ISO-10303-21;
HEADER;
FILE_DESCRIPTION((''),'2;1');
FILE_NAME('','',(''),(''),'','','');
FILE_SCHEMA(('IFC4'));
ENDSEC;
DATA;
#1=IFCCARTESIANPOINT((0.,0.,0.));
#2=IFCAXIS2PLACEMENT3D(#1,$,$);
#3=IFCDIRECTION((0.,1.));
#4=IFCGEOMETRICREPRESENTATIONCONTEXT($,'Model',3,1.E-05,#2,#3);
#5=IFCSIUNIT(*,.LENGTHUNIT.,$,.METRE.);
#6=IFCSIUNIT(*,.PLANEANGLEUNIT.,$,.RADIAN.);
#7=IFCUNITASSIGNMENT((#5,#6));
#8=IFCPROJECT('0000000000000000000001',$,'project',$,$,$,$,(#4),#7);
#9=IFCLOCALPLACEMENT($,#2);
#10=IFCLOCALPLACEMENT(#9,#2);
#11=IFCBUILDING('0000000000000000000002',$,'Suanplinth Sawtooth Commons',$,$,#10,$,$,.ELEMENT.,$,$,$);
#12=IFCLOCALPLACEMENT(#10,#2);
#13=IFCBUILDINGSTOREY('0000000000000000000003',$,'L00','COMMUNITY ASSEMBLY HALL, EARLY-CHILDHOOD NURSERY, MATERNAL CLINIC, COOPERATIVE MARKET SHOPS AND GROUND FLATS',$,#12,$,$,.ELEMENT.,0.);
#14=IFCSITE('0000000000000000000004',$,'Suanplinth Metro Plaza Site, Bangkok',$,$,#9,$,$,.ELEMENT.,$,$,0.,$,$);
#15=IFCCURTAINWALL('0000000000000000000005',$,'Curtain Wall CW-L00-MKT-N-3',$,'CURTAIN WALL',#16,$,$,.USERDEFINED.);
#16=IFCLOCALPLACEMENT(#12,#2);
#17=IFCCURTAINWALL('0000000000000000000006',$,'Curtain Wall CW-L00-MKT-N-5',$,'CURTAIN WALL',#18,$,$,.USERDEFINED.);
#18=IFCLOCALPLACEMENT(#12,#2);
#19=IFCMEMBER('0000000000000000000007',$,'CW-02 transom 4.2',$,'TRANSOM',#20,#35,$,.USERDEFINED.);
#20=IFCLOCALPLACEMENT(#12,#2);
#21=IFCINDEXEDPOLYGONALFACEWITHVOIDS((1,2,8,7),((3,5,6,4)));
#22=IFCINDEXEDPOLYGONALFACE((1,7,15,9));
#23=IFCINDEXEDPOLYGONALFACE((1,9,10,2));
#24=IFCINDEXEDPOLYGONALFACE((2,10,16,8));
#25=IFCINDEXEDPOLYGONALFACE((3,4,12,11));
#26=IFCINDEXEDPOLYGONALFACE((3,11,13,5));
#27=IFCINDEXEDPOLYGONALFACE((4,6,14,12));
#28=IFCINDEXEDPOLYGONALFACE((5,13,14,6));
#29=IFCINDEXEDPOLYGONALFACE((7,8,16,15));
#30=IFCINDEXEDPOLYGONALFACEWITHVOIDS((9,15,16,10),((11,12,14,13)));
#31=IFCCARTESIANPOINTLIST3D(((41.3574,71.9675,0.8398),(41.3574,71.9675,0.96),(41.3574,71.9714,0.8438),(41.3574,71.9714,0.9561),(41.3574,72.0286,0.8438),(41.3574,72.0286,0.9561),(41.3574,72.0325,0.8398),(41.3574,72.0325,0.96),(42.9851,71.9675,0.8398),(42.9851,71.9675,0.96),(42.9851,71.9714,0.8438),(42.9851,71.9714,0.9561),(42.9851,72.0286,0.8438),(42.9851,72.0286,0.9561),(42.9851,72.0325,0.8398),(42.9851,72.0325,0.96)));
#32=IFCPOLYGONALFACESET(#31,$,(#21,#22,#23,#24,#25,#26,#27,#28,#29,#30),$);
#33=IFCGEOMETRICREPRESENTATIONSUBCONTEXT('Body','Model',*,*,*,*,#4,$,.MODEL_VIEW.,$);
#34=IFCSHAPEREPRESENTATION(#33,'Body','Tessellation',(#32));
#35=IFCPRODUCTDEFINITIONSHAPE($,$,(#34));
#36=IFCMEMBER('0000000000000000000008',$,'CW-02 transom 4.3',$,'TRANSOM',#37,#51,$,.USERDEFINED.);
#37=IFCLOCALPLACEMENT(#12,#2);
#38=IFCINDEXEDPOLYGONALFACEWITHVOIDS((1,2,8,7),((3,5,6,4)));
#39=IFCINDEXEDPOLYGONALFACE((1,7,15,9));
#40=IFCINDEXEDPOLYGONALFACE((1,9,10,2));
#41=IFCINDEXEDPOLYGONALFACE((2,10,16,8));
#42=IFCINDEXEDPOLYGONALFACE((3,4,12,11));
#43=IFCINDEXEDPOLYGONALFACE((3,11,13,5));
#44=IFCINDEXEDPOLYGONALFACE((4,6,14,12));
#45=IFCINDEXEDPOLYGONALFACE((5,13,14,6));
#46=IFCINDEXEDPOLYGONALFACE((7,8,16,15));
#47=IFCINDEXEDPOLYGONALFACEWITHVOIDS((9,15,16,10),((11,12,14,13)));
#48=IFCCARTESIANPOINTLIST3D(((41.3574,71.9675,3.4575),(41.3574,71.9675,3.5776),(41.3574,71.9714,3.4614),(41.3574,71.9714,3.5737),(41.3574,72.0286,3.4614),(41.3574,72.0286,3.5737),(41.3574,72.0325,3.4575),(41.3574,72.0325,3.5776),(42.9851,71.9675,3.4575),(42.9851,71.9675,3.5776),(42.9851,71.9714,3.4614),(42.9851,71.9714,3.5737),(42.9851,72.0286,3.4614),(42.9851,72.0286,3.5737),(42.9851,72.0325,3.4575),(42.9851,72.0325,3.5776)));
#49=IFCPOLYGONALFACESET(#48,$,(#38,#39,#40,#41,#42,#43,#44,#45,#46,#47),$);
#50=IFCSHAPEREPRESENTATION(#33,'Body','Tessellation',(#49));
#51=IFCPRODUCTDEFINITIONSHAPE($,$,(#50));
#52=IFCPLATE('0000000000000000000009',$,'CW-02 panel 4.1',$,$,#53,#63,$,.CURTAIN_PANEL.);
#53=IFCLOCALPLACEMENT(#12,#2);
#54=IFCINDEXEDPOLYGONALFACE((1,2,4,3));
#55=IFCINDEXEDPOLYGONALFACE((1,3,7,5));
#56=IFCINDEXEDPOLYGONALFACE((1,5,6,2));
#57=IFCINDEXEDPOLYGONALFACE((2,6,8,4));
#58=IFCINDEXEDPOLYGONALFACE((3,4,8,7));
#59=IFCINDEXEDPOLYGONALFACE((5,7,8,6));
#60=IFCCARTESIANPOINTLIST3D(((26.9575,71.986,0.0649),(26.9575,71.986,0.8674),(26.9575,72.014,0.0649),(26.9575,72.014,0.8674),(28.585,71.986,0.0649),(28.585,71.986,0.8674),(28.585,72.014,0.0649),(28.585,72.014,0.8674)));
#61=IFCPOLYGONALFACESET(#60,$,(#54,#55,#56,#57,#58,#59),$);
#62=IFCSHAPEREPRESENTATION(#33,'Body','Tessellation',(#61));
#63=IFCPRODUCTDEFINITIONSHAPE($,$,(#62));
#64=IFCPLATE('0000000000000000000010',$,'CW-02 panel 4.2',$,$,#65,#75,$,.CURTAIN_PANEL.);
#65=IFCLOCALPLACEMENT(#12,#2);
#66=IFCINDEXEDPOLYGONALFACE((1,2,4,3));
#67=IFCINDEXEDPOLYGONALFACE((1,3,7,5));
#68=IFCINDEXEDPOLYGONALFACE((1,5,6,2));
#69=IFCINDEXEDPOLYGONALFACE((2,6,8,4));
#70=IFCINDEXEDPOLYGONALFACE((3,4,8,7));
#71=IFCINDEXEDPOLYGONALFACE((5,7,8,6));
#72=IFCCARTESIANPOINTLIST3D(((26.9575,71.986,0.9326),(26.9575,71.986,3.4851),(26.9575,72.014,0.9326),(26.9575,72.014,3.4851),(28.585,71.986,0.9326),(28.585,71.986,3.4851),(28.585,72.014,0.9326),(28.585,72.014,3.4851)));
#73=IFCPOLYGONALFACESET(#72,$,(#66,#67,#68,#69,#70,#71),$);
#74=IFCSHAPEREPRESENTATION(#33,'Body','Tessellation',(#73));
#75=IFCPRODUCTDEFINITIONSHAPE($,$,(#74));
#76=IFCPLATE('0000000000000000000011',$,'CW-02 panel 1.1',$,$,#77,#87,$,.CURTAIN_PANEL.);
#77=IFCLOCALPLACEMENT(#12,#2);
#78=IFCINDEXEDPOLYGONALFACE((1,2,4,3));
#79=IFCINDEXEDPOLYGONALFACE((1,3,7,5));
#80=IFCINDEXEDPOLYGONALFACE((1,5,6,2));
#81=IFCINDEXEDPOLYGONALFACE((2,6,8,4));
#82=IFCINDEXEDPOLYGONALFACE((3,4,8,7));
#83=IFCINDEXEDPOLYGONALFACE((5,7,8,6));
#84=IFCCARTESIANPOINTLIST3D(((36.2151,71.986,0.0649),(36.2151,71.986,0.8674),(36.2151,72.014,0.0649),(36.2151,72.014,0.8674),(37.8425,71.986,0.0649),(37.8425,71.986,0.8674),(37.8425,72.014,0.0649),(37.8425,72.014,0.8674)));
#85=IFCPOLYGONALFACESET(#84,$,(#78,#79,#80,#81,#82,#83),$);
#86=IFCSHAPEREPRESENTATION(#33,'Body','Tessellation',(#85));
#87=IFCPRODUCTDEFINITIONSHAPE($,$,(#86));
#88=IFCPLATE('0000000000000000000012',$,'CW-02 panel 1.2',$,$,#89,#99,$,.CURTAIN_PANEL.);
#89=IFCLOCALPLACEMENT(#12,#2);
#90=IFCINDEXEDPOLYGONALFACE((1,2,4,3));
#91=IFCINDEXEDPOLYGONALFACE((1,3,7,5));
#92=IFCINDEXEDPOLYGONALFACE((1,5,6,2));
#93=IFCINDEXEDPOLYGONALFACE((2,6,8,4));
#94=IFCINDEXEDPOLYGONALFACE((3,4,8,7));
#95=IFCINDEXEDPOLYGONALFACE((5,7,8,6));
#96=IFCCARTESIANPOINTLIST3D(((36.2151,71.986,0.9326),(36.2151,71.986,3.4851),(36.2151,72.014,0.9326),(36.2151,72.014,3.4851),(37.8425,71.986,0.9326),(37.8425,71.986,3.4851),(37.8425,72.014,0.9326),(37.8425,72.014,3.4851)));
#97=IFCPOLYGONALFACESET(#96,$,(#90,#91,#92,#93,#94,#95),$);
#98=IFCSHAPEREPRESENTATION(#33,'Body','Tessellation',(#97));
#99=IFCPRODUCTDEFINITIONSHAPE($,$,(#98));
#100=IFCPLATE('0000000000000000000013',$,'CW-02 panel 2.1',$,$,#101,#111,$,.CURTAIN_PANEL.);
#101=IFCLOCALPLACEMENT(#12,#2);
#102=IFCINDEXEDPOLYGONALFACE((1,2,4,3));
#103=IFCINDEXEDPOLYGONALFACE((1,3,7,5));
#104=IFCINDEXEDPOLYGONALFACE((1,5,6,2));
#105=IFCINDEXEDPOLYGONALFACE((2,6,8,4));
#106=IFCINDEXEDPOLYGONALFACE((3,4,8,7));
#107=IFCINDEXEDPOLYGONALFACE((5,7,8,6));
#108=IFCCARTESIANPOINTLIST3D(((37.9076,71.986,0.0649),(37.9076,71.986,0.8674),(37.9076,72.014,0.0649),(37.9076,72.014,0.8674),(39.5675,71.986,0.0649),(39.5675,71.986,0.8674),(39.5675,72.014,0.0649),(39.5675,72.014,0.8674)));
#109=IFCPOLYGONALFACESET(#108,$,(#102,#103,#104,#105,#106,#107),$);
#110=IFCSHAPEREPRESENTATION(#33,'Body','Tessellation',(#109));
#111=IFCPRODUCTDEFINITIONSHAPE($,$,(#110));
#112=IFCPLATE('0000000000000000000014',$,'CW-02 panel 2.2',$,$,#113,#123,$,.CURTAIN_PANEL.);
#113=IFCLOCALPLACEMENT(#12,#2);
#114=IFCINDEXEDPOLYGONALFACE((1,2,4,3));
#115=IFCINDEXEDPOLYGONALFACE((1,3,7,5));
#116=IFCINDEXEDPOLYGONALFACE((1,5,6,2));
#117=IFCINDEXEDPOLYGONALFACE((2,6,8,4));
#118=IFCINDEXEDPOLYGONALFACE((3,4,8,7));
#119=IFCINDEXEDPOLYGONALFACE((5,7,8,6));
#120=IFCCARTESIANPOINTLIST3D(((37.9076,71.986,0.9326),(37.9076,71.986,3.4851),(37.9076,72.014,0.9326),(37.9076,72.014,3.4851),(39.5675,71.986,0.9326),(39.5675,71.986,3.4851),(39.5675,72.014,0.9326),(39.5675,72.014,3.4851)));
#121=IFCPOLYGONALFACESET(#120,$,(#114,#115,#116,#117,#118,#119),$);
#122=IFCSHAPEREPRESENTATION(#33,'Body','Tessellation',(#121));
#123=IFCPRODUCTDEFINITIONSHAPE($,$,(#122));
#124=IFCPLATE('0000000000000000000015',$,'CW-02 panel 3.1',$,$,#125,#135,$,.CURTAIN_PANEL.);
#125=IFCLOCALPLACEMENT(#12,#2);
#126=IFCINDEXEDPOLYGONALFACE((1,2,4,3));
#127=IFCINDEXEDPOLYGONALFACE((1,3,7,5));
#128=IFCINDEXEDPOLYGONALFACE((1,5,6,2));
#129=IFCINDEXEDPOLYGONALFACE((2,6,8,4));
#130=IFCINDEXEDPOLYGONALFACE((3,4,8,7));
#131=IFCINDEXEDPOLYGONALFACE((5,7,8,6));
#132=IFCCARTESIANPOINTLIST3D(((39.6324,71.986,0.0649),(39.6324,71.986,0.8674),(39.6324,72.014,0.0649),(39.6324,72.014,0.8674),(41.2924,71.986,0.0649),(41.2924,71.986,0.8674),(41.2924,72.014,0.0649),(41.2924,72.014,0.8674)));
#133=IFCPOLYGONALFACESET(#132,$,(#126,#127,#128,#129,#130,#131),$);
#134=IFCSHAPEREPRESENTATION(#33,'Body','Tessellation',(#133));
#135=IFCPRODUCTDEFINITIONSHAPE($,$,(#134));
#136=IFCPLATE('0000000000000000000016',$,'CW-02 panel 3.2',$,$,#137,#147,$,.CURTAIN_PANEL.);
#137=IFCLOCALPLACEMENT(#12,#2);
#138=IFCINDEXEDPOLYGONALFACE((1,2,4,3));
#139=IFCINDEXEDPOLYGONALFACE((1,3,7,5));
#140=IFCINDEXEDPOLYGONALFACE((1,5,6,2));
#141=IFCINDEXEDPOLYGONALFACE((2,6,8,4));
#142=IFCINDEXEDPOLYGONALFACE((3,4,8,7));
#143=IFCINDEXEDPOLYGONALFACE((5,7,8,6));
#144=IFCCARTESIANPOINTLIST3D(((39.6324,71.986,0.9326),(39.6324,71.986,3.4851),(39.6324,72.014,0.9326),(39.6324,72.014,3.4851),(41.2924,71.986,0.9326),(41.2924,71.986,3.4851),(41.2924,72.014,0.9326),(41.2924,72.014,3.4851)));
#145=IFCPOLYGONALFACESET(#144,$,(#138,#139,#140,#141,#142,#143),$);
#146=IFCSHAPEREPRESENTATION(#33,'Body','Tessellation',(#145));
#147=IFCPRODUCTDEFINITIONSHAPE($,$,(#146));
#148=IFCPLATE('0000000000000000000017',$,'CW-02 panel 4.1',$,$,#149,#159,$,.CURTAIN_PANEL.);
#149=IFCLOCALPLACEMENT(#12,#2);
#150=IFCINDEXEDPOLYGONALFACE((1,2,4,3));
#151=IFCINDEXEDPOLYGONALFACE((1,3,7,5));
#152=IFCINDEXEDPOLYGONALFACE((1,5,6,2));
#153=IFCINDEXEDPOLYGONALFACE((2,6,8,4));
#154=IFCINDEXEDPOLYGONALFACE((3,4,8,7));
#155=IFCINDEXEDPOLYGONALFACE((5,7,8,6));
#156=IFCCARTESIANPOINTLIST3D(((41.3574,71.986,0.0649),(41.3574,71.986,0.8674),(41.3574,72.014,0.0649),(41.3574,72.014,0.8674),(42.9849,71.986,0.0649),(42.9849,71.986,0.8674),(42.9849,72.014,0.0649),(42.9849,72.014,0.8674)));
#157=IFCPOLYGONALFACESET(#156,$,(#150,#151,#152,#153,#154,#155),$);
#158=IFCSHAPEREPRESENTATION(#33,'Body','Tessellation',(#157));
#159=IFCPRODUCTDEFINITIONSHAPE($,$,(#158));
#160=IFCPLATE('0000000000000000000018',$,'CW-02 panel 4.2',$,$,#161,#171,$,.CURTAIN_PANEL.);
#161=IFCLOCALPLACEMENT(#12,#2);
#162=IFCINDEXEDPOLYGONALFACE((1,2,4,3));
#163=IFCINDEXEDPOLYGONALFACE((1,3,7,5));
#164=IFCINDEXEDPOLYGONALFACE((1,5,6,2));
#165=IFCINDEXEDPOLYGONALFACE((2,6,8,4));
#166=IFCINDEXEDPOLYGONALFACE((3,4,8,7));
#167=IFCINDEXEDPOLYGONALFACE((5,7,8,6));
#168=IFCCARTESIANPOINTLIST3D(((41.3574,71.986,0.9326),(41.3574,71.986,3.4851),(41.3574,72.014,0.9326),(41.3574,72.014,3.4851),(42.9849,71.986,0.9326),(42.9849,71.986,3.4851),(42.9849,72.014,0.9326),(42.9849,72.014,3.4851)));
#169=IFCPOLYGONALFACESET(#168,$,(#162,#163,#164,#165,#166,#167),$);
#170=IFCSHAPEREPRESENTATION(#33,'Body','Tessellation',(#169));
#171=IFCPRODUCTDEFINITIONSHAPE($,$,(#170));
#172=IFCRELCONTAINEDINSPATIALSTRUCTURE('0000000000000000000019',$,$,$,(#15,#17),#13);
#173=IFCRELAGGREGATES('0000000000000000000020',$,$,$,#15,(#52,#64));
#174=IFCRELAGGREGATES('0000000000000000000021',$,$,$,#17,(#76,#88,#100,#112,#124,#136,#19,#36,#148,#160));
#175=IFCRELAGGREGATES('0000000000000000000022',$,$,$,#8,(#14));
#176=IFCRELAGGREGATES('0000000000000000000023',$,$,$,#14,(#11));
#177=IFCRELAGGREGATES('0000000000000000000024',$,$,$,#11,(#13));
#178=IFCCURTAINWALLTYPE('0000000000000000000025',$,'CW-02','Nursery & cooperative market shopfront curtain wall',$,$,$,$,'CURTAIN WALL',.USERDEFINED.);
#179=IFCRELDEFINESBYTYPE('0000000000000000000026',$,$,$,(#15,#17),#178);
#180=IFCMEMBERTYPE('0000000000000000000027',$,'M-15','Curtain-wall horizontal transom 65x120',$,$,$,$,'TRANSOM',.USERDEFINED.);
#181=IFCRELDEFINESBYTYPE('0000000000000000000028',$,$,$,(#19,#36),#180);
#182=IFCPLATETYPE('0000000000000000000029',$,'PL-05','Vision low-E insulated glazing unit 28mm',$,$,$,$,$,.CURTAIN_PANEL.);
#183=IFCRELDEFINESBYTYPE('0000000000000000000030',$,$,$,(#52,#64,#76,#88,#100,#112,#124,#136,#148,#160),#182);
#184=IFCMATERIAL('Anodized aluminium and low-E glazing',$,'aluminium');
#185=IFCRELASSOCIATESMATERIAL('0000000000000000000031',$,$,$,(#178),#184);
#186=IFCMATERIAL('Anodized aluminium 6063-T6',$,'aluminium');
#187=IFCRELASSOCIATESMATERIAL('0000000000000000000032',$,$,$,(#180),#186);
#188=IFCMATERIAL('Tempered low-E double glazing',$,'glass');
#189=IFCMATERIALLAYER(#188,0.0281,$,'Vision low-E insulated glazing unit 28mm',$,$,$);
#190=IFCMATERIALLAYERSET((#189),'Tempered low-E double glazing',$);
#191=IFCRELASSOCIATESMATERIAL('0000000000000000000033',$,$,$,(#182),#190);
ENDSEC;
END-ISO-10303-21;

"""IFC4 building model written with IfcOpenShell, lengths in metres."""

from ifc_helpers import new_model, si_unit, direction, frame, origin, origin_2d, place, context, subcontext, project, spatial, rectangle, hollow_rectangle, extrude, material, layer, layer_set, material_profile, profile_set, type_object, element, aggregate, save


model = new_model("IFC4")

# Units and contexts
model_context = context("Model", 3, precision=1e-05, world=origin(), true_north=direction((0.0, 1.0)))
body_context = subcontext(model_context, "Body", "Model", "MODEL_VIEW")
ifc_project = project(units=[si_unit("LENGTHUNIT", "METRE"), si_unit("PLANEANGLEUNIT", "RADIAN")], contexts=[model_context])

# Site, building, storey
site_placement = place(None, origin())
site = spatial("IfcSite", under=ifc_project, at=site_placement, Name="Suanplinth Metro Plaza Site, Bangkok", CompositionType="ELEMENT", RefElevation=0.0)
building_placement = place(site_placement, origin())
building = spatial("IfcBuilding", under=site, at=building_placement, Name="Suanplinth Sawtooth Commons", CompositionType="ELEMENT")
storey_placement = place(building_placement, origin())
storey = spatial("IfcBuildingStorey", under=building, at=storey_placement, Name="L00", Description="COMMUNITY ASSEMBLY HALL, EARLY-CHILDHOOD NURSERY, MATERNAL CLINIC, COOPERATIVE MARKET SHOPS AND GROUND FLATS", CompositionType="ELEMENT", Elevation=0.0)

# Curtain wall
ifc_material_1 = material(Name="Anodized aluminium and low-E glazing", Category="aluminium")
curtain_wall_type = type_object("IfcCurtainWallType", Name="CW-02", Description="Nursery & cooperative market shopfront curtain wall", ElementType="CURTAIN WALL", PredefinedType="USERDEFINED", material=ifc_material_1)
curtain_wall_1_placement = place(storey_placement, origin())
curtain_wall_1 = element("IfcCurtainWall", 1, at=curtain_wall_1_placement, inside=storey, type_object=curtain_wall_type, Name="Curtain Wall CW-L00-MKT-N-3", ObjectType="CURTAIN WALL", PredefinedType="USERDEFINED")
ifc_material_2 = material(Name="Anodized aluminium 6063-T6", Category="aluminium")

# Curtain wall, members
curtain_wall_2_placement = place(storey_placement, origin())
curtain_wall_2 = element("IfcCurtainWall", 2, at=curtain_wall_2_placement, inside=storey, type_object=curtain_wall_type, Name="Curtain Wall CW-L00-MKT-N-5", ObjectType="CURTAIN WALL", PredefinedType="USERDEFINED")
ifc_material_profile_1 = material_profile(ifc_material_2, hollow_rectangle(XDim=0.0649, YDim=0.1201, WallThickness=0.0039, at=origin_2d()), Name="ALU-TRN 65x120")
ifc_profile_set_1 = profile_set([ifc_material_profile_1], Name="Anodized aluminium 6063-T6")
member_type_1 = type_object("IfcMemberType", Name="M-15", Description="Curtain-wall horizontal transom 65x120", ElementType="TRANSOM", PredefinedType="USERDEFINED", material=ifc_profile_set_1)
member_1_placement = place(storey_placement, frame((41.3574, 72.0, 0.8999), z_axis=(1.0, 0.0, 0.0), x_axis=(0.0, 1.0, 0.0)))
member_1 = element("IfcMember", 3, at=member_1_placement, type_object=member_type_1, Name="CW-02 transom 4.2", ObjectType="TRANSOM", PredefinedType="USERDEFINED", context=body_context, shape_type="SweptSolid", body=[
    extrude(hollow_rectangle(XDim=0.0649, YDim=0.1201, WallThickness=0.0039, at=origin_2d()), origin(), (0.0, 0.0, 1.0), 1.6277),
])
member_2_placement = place(storey_placement, frame((41.3574, 72.0, 3.5176), z_axis=(1.0, 0.0, 0.0), x_axis=(0.0, 1.0, 0.0)))
member_2 = element("IfcMember", 4, at=member_2_placement, type_object=member_type_1, Name="CW-02 transom 4.3", ObjectType="TRANSOM", PredefinedType="USERDEFINED", context=body_context, shape_type="SweptSolid", body=[
    extrude(hollow_rectangle(XDim=0.0649, YDim=0.1201, WallThickness=0.0039, at=origin_2d()), origin(), (0.0, 0.0, 1.0), 1.6277),
])

# Plates
ifc_material_3 = material(Name="Tempered low-E double glazing", Category="glass")
ifc_layer_1 = layer(ifc_material_3, 0.0281, Name="Vision low-E insulated glazing unit 28mm")
ifc_layer_set_1 = layer_set([ifc_layer_1], Name="Tempered low-E double glazing")
plate_type = type_object("IfcPlateType", Name="PL-05", Description="Vision low-E insulated glazing unit 28mm", PredefinedType="CURTAIN_PANEL", material=ifc_layer_set_1)
plate_1_placement = place(storey_placement, frame((27.7712, 72.0, 0.0649), z_axis=(0.0, 0.0, 1.0), x_axis=(1.0, 0.0, 0.0)))
plate_1 = element("IfcPlate", 5, at=plate_1_placement, type_object=plate_type, Name="CW-02 panel 4.1", PredefinedType="CURTAIN_PANEL", context=body_context, shape_type="SweptSolid", body=[
    extrude(rectangle(XDim=1.6274, YDim=0.0281, at=origin_2d()), origin(), (0.0, 0.0, 1.0), 0.8025),
])
plate_2_placement = place(storey_placement, frame((27.7712, 72.0, 0.9326), z_axis=(0.0, 0.0, 1.0), x_axis=(1.0, 0.0, 0.0)))
plate_2 = element("IfcPlate", 6, at=plate_2_placement, type_object=plate_type, Name="CW-02 panel 4.2", PredefinedType="CURTAIN_PANEL", context=body_context, shape_type="SweptSolid", body=[
    extrude(rectangle(XDim=1.6274, YDim=0.0281, at=origin_2d()), origin(), (0.0, 0.0, 1.0), 2.5525),
])
aggregate(curtain_wall_1, [plate_1, plate_2])
plate_3_placement = place(storey_placement, frame((37.0288, 72.0, 0.0649), z_axis=(0.0, 0.0, 1.0), x_axis=(1.0, 0.0, 0.0)))
plate_3 = element("IfcPlate", 7, at=plate_3_placement, type_object=plate_type, Name="CW-02 panel 1.1", PredefinedType="CURTAIN_PANEL", context=body_context, shape_type="SweptSolid", body=[
    extrude(rectangle(XDim=1.6274, YDim=0.0281, at=origin_2d()), origin(), (0.0, 0.0, 1.0), 0.8025),
])
plate_4_placement = place(storey_placement, frame((37.0288, 72.0, 0.9326), z_axis=(0.0, 0.0, 1.0), x_axis=(1.0, 0.0, 0.0)))
plate_4 = element("IfcPlate", 8, at=plate_4_placement, type_object=plate_type, Name="CW-02 panel 1.2", PredefinedType="CURTAIN_PANEL", context=body_context, shape_type="SweptSolid", body=[
    extrude(rectangle(XDim=1.6274, YDim=0.0281, at=origin_2d()), origin(), (0.0, 0.0, 1.0), 2.5525),
])
plate_5_placement = place(storey_placement, frame((38.7375, 72.0, 0.0649), z_axis=(0.0, 0.0, 1.0), x_axis=(1.0, 0.0, 0.0)))
plate_5 = element("IfcPlate", 9, at=plate_5_placement, type_object=plate_type, Name="CW-02 panel 2.1", PredefinedType="CURTAIN_PANEL", context=body_context, shape_type="SweptSolid", body=[
    extrude(rectangle(XDim=1.6599, YDim=0.0281, at=origin_2d()), origin(), (0.0, 0.0, 1.0), 0.8025),
])
plate_6_placement = place(storey_placement, frame((38.7375, 72.0, 0.9326), z_axis=(0.0, 0.0, 1.0), x_axis=(1.0, 0.0, 0.0)))
plate_6 = element("IfcPlate", 10, at=plate_6_placement, type_object=plate_type, Name="CW-02 panel 2.2", PredefinedType="CURTAIN_PANEL", context=body_context, shape_type="SweptSolid", body=[
    extrude(rectangle(XDim=1.6599, YDim=0.0281, at=origin_2d()), origin(), (0.0, 0.0, 1.0), 2.5525),
])
plate_7_placement = place(storey_placement, frame((40.4624, 72.0, 0.0649), z_axis=(0.0, 0.0, 1.0), x_axis=(1.0, 0.0, 0.0)))
plate_7 = element("IfcPlate", 11, at=plate_7_placement, type_object=plate_type, Name="CW-02 panel 3.1", PredefinedType="CURTAIN_PANEL", context=body_context, shape_type="SweptSolid", body=[
    extrude(rectangle(XDim=1.6599, YDim=0.0281, at=origin_2d()), origin(), (0.0, 0.0, 1.0), 0.8025),
])
plate_8_placement = place(storey_placement, frame((40.4624, 72.0, 0.9326), z_axis=(0.0, 0.0, 1.0), x_axis=(1.0, 0.0, 0.0)))
plate_8 = element("IfcPlate", 12, at=plate_8_placement, type_object=plate_type, Name="CW-02 panel 3.2", PredefinedType="CURTAIN_PANEL", context=body_context, shape_type="SweptSolid", body=[
    extrude(rectangle(XDim=1.6599, YDim=0.0281, at=origin_2d()), origin(), (0.0, 0.0, 1.0), 2.5525),
])
plate_9_placement = place(storey_placement, frame((42.1711, 72.0, 0.0649), z_axis=(0.0, 0.0, 1.0), x_axis=(1.0, 0.0, 0.0)))
plate_9 = element("IfcPlate", 13, at=plate_9_placement, type_object=plate_type, Name="CW-02 panel 4.1", PredefinedType="CURTAIN_PANEL", context=body_context, shape_type="SweptSolid", body=[
    extrude(rectangle(XDim=1.6274, YDim=0.0281, at=origin_2d()), origin(), (0.0, 0.0, 1.0), 0.8025),
])
plate_10_placement = place(storey_placement, frame((42.1711, 72.0, 0.9326), z_axis=(0.0, 0.0, 1.0), x_axis=(1.0, 0.0, 0.0)))
plate_10 = element("IfcPlate", 14, at=plate_10_placement, type_object=plate_type, Name="CW-02 panel 4.2", PredefinedType="CURTAIN_PANEL", context=body_context, shape_type="SweptSolid", body=[
    extrude(rectangle(XDim=1.6274, YDim=0.0281, at=origin_2d()), origin(), (0.0, 0.0, 1.0), 2.5525),
])
aggregate(curtain_wall_2, [plate_3, plate_4, plate_5, plate_6, plate_7, plate_8, member_1, member_2, plate_9, plate_10])

save(model, "model.ifc")
